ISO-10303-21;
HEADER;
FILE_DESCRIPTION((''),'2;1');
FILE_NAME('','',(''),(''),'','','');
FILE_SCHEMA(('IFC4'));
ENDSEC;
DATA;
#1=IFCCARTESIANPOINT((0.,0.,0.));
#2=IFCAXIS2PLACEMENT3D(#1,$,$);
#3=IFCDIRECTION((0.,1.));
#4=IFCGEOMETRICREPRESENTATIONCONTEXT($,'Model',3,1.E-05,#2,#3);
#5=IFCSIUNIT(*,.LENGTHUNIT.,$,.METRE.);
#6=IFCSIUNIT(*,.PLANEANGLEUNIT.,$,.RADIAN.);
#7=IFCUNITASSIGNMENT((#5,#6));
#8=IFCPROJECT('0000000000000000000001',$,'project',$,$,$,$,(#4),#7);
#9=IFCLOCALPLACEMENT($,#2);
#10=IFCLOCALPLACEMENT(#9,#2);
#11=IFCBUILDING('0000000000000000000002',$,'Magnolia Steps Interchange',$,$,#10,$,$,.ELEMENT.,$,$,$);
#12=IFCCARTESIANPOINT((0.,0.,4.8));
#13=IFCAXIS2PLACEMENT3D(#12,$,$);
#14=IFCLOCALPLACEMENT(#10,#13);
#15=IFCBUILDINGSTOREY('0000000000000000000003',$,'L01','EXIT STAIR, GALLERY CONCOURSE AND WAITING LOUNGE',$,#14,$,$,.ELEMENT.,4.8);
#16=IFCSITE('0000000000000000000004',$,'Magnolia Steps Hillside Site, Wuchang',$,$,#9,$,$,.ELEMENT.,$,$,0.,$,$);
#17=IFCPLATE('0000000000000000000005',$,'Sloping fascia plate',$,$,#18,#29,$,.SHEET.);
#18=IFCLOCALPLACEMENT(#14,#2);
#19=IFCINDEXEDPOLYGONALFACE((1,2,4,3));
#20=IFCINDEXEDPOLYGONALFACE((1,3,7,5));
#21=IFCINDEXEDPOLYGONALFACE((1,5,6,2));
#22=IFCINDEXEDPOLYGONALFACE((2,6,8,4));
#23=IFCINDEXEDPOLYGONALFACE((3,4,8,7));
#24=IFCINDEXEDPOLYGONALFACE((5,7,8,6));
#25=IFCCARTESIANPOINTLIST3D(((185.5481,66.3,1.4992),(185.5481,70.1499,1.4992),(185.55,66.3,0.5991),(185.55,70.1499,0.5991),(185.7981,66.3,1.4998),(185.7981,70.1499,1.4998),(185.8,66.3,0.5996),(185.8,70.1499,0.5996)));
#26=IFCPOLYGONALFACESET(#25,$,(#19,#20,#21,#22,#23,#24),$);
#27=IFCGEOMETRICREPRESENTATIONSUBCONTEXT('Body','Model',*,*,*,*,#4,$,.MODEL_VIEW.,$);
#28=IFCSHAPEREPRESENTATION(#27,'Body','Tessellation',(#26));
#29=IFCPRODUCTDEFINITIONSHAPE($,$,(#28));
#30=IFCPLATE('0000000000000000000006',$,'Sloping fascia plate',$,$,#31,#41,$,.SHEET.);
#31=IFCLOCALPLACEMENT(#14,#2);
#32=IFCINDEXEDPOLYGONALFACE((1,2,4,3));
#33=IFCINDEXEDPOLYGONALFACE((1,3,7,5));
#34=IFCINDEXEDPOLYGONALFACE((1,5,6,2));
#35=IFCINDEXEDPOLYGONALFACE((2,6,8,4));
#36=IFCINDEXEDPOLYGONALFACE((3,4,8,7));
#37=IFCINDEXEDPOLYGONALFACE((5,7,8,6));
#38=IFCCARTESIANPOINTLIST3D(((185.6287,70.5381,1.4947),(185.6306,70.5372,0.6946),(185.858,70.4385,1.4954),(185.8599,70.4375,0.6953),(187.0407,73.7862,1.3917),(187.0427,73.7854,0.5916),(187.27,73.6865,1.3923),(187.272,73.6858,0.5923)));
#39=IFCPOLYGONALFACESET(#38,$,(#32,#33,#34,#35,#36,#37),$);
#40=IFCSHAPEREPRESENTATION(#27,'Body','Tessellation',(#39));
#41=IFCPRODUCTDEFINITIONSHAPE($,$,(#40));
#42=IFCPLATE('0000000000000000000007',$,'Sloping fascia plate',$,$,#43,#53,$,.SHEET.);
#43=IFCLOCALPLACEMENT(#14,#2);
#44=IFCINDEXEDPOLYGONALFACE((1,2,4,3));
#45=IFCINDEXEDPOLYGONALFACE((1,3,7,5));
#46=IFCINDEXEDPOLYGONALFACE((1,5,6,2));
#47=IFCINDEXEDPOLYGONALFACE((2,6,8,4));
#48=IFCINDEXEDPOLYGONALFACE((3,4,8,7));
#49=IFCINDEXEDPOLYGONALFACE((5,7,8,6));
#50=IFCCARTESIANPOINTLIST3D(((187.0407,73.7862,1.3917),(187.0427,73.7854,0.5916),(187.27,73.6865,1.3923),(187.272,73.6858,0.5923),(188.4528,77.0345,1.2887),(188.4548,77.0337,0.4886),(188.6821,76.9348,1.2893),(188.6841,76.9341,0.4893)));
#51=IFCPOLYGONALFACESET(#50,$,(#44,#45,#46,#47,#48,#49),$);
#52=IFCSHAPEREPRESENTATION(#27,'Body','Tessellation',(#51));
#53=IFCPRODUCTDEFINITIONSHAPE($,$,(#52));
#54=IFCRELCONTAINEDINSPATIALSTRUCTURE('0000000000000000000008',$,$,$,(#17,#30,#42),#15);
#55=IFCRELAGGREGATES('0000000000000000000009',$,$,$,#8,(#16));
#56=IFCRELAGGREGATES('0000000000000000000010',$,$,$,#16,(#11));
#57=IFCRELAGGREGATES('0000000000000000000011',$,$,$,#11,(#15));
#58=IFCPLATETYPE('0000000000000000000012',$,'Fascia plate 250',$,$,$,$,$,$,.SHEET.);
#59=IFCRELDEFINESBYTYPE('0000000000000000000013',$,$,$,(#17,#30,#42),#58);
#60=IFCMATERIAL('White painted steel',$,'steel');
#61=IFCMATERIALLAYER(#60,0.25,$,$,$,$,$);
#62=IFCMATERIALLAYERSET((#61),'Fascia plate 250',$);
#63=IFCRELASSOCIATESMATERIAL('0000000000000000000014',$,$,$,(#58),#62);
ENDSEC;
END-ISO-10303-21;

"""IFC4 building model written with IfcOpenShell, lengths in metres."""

from ifc_helpers import new_model, si_unit, direction, frame, origin, place, context, subcontext, project, spatial, polyline, outline, extrude, material, layer, layer_set, type_object, element, save


model = new_model("IFC4")

# Units and contexts
model_context = context("Model", 3, precision=1e-05, world=origin(), true_north=direction((0.0, 1.0)))
body_context = subcontext(model_context, "Body", "Model", "MODEL_VIEW")
ifc_project = project(units=[si_unit("LENGTHUNIT", "METRE"), si_unit("PLANEANGLEUNIT", "RADIAN")], contexts=[model_context])

# Site, building, storey
site_placement = place(None, origin())
site = spatial("IfcSite", under=ifc_project, at=site_placement, Name="Magnolia Steps Hillside Site, Wuchang", CompositionType="ELEMENT", RefElevation=0.0)
building_placement = place(site_placement, origin())
building = spatial("IfcBuilding", under=site, at=building_placement, Name="Magnolia Steps Interchange", CompositionType="ELEMENT")
storey_placement = place(building_placement, frame((0.0, 0.0, 4.8)))
storey = spatial("IfcBuildingStorey", under=building, at=storey_placement, Name="L01", Description="EXIT STAIR, GALLERY CONCOURSE AND WAITING LOUNGE", CompositionType="ELEMENT", Elevation=4.8)

# Plates
ifc_material_1 = material(Name="White painted steel", Category="steel")
ifc_layer_1 = layer(ifc_material_1, 0.25)
ifc_layer_set_1 = layer_set([ifc_layer_1], Name="Fascia plate 250")
plate_type_1 = type_object("IfcPlateType", Name="Fascia plate 250", PredefinedType="SHEET", material=ifc_layer_set_1)
plate_1_placement = place(storey_placement, frame((185.8, 66.3, 0.5996), z_axis=(0.999998, 0.0, 0.00217), x_axis=(0.0, 1.0, 0.0)))
element("IfcPlate", 1, at=plate_1_placement, inside=storey, type_object=plate_type_1, Name="Sloping fascia plate", PredefinedType="SHEET", context=body_context, shape_type="SweptSolid", body=[
    extrude(outline(polyline([(0.0, 0.0), (3.8499, 0.0), (3.8499, 0.9001), (0.0, 0.9001), (0.0, 0.0)])), origin(), (0.0, 0.0, -1.0), 0.25),
])
plate_2_placement = place(storey_placement, frame((185.8599, 70.4375, 0.6953), z_axis=(0.917112, -0.398621, 0.002665), x_axis=(0.398525, 0.916697, -0.029075)))
element("IfcPlate", 2, at=plate_2_placement, inside=storey, type_object=plate_type_1, Name="Sloping fascia plate", PredefinedType="SHEET", context=body_context, shape_type="SweptSolid", body=[
    extrude(outline(polyline([(0.0, 0.0), (3.5435, 0.0), (3.5201, 0.7997), (-0.0231, 0.7997), (0.0, 0.0)])), origin(), (0.0, 0.0, -1.0), 0.25),
])
plate_3_placement = place(storey_placement, frame((187.272, 73.6858, 0.5923), z_axis=(0.917117, -0.39861, 0.002604), x_axis=(0.398512, 0.916702, -0.029075)))
element("IfcPlate", 3, at=plate_3_placement, inside=storey, type_object=plate_type_1, Name="Sloping fascia plate", PredefinedType="SHEET", context=body_context, shape_type="SweptSolid", body=[
    extrude(outline(polyline([(0.0, 0.0), (3.5435, 0.0), (3.5201, 0.7997), (-0.0234, 0.7997), (0.0, 0.0)])), origin(), (0.0, 0.0, -1.0), 0.25),
])

save(model, "model.ifc")
